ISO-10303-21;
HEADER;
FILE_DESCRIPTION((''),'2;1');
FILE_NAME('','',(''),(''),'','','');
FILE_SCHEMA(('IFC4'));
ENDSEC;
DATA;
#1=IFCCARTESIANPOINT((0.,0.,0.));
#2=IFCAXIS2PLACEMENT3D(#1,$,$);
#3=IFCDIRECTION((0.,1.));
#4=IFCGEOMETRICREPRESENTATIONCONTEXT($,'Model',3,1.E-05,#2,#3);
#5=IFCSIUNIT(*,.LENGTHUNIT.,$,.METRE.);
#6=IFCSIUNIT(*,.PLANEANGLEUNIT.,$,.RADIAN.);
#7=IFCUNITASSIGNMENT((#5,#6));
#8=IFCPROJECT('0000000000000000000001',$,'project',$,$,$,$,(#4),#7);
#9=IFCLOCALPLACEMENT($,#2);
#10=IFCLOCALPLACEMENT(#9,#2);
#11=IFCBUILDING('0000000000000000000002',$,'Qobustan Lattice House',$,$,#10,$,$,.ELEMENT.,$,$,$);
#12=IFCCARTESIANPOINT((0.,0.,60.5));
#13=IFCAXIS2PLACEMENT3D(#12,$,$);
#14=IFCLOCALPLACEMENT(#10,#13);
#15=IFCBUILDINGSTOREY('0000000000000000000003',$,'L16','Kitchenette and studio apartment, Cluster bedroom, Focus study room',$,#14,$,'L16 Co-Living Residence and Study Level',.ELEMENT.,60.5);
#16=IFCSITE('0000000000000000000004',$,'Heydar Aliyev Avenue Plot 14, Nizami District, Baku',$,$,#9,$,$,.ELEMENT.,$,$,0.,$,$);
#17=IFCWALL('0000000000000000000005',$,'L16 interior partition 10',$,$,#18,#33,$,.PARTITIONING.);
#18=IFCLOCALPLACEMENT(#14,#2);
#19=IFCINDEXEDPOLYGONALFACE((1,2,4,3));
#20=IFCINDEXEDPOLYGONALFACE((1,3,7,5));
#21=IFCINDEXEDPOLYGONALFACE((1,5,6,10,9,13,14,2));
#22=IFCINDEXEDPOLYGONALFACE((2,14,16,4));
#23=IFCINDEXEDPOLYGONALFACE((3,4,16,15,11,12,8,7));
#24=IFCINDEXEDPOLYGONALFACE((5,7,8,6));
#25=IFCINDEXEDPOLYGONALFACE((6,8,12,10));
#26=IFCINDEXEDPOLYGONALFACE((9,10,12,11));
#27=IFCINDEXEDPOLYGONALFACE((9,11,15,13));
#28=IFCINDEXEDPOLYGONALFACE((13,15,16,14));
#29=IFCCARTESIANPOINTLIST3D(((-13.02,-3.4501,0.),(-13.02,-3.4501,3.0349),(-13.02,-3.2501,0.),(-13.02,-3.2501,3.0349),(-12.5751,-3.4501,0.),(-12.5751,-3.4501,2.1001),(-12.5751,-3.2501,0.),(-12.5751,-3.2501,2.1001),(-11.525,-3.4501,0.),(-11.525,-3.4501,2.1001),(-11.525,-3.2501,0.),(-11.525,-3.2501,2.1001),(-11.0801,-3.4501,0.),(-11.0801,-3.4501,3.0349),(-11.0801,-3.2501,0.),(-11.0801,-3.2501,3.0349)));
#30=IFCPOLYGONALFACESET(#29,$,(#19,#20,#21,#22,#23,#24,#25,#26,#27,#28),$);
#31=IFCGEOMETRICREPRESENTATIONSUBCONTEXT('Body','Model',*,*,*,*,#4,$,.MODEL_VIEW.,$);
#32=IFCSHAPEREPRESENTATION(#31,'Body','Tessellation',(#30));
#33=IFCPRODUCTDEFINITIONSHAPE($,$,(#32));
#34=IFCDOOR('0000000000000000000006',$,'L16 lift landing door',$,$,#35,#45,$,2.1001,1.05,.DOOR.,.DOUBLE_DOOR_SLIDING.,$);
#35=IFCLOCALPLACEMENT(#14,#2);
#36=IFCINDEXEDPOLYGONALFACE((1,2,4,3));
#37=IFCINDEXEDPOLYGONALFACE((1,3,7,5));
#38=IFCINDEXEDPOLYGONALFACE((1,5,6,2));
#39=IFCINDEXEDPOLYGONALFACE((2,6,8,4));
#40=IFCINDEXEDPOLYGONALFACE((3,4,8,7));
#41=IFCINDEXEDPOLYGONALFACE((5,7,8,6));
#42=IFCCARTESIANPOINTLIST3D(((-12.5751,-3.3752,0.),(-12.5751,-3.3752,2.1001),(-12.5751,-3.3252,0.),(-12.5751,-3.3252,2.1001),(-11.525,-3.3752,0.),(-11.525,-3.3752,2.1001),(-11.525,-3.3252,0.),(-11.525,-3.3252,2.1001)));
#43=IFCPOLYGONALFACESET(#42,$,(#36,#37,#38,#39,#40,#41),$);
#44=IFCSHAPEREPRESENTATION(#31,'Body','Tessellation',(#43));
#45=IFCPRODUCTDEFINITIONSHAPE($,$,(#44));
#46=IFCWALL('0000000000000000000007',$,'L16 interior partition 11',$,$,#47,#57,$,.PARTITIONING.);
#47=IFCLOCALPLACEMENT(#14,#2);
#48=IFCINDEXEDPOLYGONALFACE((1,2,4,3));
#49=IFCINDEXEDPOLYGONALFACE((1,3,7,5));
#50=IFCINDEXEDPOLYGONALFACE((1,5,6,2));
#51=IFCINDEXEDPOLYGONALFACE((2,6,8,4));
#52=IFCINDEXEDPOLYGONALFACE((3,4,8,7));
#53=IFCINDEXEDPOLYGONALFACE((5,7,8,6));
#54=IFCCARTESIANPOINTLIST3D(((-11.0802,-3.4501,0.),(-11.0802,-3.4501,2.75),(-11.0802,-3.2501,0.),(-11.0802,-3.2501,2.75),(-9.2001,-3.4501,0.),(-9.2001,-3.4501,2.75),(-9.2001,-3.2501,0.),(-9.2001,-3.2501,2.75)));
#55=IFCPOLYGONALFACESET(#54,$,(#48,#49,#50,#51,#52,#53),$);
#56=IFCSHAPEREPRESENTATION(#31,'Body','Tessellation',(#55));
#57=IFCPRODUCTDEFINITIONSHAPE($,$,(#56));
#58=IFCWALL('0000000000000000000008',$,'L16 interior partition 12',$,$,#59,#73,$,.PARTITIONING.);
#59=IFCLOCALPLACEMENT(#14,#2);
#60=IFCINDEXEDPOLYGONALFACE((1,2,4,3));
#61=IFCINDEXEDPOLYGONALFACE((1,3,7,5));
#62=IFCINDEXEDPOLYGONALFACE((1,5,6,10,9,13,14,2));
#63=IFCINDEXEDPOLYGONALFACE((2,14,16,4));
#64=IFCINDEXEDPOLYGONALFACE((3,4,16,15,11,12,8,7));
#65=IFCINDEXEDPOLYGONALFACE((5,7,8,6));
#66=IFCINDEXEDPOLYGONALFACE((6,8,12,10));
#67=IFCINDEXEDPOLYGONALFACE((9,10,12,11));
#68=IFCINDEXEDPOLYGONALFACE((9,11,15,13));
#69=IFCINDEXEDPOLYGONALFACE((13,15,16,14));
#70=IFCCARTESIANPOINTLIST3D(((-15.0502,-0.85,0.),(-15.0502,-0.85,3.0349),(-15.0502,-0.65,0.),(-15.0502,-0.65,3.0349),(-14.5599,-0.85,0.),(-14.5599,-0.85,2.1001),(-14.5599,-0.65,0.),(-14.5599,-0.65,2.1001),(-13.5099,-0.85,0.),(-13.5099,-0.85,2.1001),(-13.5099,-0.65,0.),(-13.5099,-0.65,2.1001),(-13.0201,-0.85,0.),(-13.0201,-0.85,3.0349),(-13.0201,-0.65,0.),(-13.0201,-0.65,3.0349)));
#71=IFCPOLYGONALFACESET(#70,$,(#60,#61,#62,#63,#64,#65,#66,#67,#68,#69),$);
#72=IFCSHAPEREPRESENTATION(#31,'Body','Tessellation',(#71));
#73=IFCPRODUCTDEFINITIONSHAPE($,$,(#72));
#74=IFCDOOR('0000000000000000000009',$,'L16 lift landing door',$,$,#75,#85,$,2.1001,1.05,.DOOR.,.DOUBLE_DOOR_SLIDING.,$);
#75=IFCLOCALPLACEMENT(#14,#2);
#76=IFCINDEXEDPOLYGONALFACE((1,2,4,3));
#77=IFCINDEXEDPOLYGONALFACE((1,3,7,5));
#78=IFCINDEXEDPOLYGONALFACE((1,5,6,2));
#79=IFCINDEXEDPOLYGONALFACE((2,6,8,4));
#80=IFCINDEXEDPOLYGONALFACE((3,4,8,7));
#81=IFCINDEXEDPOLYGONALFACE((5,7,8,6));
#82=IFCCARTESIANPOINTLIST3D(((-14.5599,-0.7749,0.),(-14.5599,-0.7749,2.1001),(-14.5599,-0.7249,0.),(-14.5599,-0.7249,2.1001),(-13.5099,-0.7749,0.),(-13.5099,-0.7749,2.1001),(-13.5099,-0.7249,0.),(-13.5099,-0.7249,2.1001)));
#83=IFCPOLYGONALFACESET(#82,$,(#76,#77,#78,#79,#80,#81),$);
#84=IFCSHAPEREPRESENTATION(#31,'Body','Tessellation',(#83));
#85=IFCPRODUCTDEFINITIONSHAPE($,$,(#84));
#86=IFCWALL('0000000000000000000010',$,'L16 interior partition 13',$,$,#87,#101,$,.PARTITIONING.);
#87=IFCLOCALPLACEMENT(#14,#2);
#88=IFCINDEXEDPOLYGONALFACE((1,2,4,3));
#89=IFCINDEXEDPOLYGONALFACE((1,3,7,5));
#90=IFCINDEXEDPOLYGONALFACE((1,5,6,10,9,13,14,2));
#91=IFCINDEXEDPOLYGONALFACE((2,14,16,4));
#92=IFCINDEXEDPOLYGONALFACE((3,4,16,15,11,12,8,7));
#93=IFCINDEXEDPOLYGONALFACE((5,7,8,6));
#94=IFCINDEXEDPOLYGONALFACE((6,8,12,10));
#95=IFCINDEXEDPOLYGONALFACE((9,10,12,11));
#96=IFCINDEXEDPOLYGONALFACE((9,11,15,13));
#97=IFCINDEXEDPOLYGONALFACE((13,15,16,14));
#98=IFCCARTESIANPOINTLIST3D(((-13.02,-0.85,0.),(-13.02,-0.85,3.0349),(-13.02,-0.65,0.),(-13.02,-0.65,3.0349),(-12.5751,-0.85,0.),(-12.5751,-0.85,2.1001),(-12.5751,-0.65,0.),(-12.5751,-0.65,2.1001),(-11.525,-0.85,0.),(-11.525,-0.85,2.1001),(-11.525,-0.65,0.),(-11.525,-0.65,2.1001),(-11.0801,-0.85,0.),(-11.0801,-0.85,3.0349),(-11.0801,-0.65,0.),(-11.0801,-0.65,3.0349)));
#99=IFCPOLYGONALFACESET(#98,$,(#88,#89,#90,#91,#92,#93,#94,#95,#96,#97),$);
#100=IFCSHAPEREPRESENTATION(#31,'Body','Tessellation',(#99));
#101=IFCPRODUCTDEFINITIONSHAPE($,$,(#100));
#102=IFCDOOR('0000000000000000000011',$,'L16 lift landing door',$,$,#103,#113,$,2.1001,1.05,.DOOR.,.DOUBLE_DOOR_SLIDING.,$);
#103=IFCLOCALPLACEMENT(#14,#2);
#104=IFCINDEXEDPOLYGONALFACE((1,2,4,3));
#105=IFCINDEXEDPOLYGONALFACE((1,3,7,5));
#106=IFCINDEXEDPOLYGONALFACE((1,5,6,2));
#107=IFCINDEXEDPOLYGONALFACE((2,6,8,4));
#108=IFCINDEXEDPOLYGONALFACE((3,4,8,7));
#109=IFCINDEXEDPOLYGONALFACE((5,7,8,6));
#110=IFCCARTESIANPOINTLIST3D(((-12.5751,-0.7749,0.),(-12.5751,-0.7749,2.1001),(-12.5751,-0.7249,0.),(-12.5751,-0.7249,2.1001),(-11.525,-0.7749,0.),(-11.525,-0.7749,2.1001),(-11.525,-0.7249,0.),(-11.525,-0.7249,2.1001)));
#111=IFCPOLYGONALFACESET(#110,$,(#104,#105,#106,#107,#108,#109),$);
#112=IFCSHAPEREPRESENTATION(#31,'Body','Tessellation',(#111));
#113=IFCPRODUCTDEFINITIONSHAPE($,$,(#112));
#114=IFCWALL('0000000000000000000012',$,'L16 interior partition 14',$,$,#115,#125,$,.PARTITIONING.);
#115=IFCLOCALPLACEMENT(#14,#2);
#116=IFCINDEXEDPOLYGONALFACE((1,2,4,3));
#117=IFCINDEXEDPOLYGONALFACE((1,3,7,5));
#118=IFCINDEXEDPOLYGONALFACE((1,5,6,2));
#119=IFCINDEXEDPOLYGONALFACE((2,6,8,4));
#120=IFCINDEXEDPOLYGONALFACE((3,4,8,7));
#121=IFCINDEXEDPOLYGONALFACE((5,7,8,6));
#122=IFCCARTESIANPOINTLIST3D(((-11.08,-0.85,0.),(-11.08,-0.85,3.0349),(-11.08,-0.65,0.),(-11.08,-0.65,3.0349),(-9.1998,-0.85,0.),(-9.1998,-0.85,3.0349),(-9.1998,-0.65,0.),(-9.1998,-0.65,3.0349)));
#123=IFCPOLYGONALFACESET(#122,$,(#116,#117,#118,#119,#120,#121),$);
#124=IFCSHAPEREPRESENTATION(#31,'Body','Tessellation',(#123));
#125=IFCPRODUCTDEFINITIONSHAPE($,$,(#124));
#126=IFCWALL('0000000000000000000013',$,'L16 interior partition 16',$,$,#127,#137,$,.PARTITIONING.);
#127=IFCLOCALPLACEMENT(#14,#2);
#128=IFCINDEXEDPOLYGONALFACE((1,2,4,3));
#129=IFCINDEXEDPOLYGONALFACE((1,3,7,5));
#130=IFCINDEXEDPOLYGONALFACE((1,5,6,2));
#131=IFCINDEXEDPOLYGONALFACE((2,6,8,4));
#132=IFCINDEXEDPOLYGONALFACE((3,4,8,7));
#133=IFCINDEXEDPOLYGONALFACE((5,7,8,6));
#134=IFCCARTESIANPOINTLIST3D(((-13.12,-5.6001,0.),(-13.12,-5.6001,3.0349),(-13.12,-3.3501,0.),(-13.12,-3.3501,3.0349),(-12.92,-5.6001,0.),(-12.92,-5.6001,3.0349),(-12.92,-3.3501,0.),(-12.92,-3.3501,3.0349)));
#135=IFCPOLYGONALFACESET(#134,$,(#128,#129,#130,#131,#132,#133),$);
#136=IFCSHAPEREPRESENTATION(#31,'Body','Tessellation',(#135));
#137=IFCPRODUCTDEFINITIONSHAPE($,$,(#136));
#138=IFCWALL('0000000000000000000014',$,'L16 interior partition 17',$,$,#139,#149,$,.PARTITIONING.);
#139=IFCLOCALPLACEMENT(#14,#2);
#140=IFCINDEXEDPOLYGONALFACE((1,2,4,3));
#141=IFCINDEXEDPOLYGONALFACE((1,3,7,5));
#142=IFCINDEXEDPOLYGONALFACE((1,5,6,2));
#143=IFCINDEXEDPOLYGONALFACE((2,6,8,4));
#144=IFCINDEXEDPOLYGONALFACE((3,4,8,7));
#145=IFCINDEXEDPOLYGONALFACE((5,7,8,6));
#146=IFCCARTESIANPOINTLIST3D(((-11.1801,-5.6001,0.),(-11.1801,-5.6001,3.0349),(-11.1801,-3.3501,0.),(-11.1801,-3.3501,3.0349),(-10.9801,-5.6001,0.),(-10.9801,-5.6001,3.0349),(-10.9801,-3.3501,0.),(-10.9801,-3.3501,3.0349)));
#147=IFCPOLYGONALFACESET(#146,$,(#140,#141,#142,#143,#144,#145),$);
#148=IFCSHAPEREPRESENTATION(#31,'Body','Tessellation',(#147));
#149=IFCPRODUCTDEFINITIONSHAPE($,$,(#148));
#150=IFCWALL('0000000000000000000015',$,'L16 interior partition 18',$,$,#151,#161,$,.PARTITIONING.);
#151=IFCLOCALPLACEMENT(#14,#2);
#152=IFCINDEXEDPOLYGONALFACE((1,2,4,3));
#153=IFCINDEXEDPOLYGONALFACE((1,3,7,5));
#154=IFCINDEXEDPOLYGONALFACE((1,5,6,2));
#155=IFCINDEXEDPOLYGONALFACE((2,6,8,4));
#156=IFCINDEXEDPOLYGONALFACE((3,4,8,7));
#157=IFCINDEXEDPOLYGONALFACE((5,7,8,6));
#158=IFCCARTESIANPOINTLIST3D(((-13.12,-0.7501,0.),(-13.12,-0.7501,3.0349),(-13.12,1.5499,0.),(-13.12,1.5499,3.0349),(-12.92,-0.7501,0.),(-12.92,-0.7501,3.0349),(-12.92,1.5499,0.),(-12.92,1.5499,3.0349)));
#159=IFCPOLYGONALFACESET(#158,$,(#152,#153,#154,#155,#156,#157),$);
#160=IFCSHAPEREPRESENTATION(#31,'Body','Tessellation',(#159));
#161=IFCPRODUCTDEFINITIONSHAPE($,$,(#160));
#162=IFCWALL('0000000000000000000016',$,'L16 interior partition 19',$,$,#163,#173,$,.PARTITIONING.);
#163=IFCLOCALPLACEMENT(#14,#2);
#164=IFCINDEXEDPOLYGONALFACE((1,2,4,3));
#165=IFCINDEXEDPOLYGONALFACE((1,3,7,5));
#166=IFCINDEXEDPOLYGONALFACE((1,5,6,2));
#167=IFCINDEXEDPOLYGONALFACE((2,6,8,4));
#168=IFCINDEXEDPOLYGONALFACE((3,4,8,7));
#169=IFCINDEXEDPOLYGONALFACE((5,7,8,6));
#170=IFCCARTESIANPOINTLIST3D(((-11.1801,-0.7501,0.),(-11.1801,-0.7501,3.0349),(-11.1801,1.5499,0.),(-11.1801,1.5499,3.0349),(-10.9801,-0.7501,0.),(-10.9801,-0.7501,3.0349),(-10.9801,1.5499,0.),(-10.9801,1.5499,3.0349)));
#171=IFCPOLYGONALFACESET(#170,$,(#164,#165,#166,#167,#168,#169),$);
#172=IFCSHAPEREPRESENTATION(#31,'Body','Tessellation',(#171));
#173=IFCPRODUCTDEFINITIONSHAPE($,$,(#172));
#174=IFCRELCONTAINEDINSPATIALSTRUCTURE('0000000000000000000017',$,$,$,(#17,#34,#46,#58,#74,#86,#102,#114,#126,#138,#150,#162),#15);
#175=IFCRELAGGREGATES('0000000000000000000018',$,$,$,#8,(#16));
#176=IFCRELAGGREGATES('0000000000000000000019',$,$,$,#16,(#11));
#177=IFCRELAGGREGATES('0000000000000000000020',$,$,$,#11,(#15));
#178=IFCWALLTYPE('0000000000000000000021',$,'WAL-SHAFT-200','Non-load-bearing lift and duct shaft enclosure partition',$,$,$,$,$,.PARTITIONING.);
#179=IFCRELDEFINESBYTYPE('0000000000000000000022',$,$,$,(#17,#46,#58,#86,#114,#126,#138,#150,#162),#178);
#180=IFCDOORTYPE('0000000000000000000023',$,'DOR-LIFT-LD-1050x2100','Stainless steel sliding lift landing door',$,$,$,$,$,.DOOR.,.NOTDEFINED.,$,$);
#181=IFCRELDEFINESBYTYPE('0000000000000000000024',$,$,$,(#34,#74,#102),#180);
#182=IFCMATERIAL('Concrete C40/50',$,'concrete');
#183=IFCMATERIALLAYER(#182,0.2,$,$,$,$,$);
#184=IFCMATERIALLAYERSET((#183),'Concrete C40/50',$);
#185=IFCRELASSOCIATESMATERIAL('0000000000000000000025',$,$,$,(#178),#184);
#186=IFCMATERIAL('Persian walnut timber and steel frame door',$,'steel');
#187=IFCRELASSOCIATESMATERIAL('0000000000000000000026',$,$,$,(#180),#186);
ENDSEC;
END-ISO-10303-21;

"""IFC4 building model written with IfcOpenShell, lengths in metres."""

from ifc_helpers import new_model, si_unit, direction, frame, frame_2d, origin, place, context, subcontext, project, spatial, rectangle, extrude, material, layer, layer_set, type_object, element, fill, save


model = new_model("IFC4")

# Units and contexts
model_context = context("Model", 3, precision=1e-05, world=origin(), true_north=direction((0.0, 1.0)))
body_context = subcontext(model_context, "Body", "Model", "MODEL_VIEW")
ifc_project = project(units=[si_unit("LENGTHUNIT", "METRE"), si_unit("PLANEANGLEUNIT", "RADIAN")], contexts=[model_context])

# Site, building, storey
site_placement = place(None, origin())
site = spatial("IfcSite", under=ifc_project, at=site_placement, Name="Heydar Aliyev Avenue Plot 14, Nizami District, Baku", CompositionType="ELEMENT", RefElevation=0.0)
building_placement = place(site_placement, origin())
building = spatial("IfcBuilding", under=site, at=building_placement, Name="Qobustan Lattice House", CompositionType="ELEMENT")
storey_placement = place(building_placement, frame((0.0, 0.0, 60.5)))
storey = spatial("IfcBuildingStorey", under=building, at=storey_placement, Name="L16", Description="Kitchenette and studio apartment, Cluster bedroom, Focus study room", LongName="L16 Co-Living Residence and Study Level", CompositionType="ELEMENT", Elevation=60.5)

# Shared definitions
ifc_material_1 = material(Name="Concrete C40/50", Category="concrete")
ifc_layer_1 = layer(ifc_material_1, 0.2)
ifc_layer_set_1 = layer_set([ifc_layer_1], Name="Concrete C40/50")
wall_type_1 = type_object("IfcWallType", Name="WAL-SHAFT-200", Description="Non-load-bearing lift and duct shaft enclosure partition", PredefinedType="PARTITIONING", material=ifc_layer_set_1)

# Wall, opening, door
ifc_material_2 = material(Name="Persian walnut timber and steel frame door", Category="steel")
door_type_1 = type_object("IfcDoorType", Name="DOR-LIFT-LD-1050x2100", Description="Stainless steel sliding lift landing door", OperationType="NOTDEFINED", PredefinedType="DOOR", material=ifc_material_2)
wall_1_placement = place(storey_placement, frame((-13.02, -3.3501, 0.0), z_axis=(0.0, 0.0, 1.0), x_axis=(1.0, 0.0, 0.0)))
wall_1 = element("IfcWall", 1, at=wall_1_placement, inside=storey, type_object=wall_type_1, Name="L16 interior partition 10", PredefinedType="PARTITIONING", context=body_context, shape_type="SweptSolid", body=[
    extrude(rectangle(XDim=1.9399, YDim=0.2, at=frame_2d((0.97, 0.0))), origin(), (0.0, 0.0, 1.0), 3.0349),
])
opening_1_placement = place(wall_1_placement, frame((0.4451, 0.0, 0.0)))
opening_1 = element("IfcOpeningElement", 2, at=opening_1_placement, cuts=wall_1, PredefinedType="OPENING", context=body_context, shape_type="SweptSolid", body=[
    extrude(rectangle(XDim=1.05, YDim=2.1001, at=frame_2d((0.5249, 1.05))), frame((0.0, 0.1099, 0.0), z_axis=(0.0, -1.0, 0.0), x_axis=(1.0, 0.0, 0.0)), (0.0, 0.0, 1.0), 0.22),
])
door_1_placement = place(opening_1_placement, origin())
door_1 = element("IfcDoor", 3, at=door_1_placement, inside=storey, type_object=door_type_1, Name="L16 lift landing door", OperationType="DOUBLE_DOOR_SLIDING", OverallHeight=2.1001, OverallWidth=1.05, PredefinedType="DOOR", context=body_context, shape_type="SweptSolid", body=[
    extrude(rectangle(XDim=1.05, YDim=2.1001, at=frame_2d((0.5249, 1.05))), frame((0.0, 0.0249, 0.0), z_axis=(0.0, -1.0, 0.0), x_axis=(1.0, 0.0, 0.0)), (0.0, 0.0, 1.0), 0.05),
])
fill(opening_1, door_1)

# Wall
wall_2_placement = place(storey_placement, frame((-11.0801, -3.3501, 0.0), z_axis=(0.0, 0.0, 1.0), x_axis=(1.0, 0.0, 0.0)))
element("IfcWall", 4, at=wall_2_placement, inside=storey, type_object=wall_type_1, Name="L16 interior partition 11", PredefinedType="PARTITIONING", context=body_context, shape_type="SweptSolid", body=[
    extrude(rectangle(XDim=1.8801, YDim=0.2, at=frame_2d((0.9399, 0.0))), origin(), (0.0, 0.0, 1.0), 2.75),
])

# Walls, openings, doors
wall_3_placement = place(storey_placement, frame((-13.02, -0.75, 0.0), z_axis=(0.0, 0.0, 1.0), x_axis=(-1.0, 0.0, 0.0)))
wall_3 = element("IfcWall", 5, at=wall_3_placement, inside=storey, type_object=wall_type_1, Name="L16 interior partition 12", PredefinedType="PARTITIONING", context=body_context, shape_type="SweptSolid", body=[
    extrude(rectangle(XDim=2.03, YDim=0.2, at=frame_2d((1.0151, 0.0))), origin(), (0.0, 0.0, 1.0), 3.0349),
])
opening_2_placement = place(wall_3_placement, frame((0.49, 0.0, 0.0)))
opening_2 = element("IfcOpeningElement", 6, at=opening_2_placement, cuts=wall_3, PredefinedType="OPENING", context=body_context, shape_type="SweptSolid", body=[
    extrude(rectangle(XDim=1.05, YDim=2.1001, at=frame_2d((0.5249, 1.05))), frame((0.0, 0.1099, 0.0), z_axis=(0.0, -1.0, 0.0), x_axis=(1.0, 0.0, 0.0)), (0.0, 0.0, 1.0), 0.22),
])
door_2_placement = place(opening_2_placement, origin())
door_2 = element("IfcDoor", 7, at=door_2_placement, inside=storey, type_object=door_type_1, Name="L16 lift landing door", OperationType="DOUBLE_DOOR_SLIDING", OverallHeight=2.1001, OverallWidth=1.05, PredefinedType="DOOR", context=body_context, shape_type="SweptSolid", body=[
    extrude(rectangle(XDim=1.05, YDim=2.1001, at=frame_2d((0.5249, 1.05))), frame((0.0, 0.0249, 0.0), z_axis=(0.0, -1.0, 0.0), x_axis=(1.0, 0.0, 0.0)), (0.0, 0.0, 1.0), 0.05),
])
fill(opening_2, door_2)
wall_4_placement = place(storey_placement, frame((-11.0801, -0.75, 0.0), z_axis=(0.0, 0.0, 1.0), x_axis=(-1.0, 0.0, 0.0)))
wall_4 = element("IfcWall", 8, at=wall_4_placement, inside=storey, type_object=wall_type_1, Name="L16 interior partition 13", PredefinedType="PARTITIONING", context=body_context, shape_type="SweptSolid", body=[
    extrude(rectangle(XDim=1.9399, YDim=0.2, at=frame_2d((0.97, 0.0))), origin(), (0.0, 0.0, 1.0), 3.0349),
])
opening_3_placement = place(wall_4_placement, frame((0.4451, 0.0, 0.0)))
opening_3 = element("IfcOpeningElement", 9, at=opening_3_placement, cuts=wall_4, PredefinedType="OPENING", context=body_context, shape_type="SweptSolid", body=[
    extrude(rectangle(XDim=1.05, YDim=2.1001, at=frame_2d((0.5249, 1.05))), frame((0.0, 0.1099, 0.0), z_axis=(0.0, -1.0, 0.0), x_axis=(1.0, 0.0, 0.0)), (0.0, 0.0, 1.0), 0.22),
])
door_3_placement = place(opening_3_placement, origin())
door_3 = element("IfcDoor", 10, at=door_3_placement, inside=storey, type_object=door_type_1, Name="L16 lift landing door", OperationType="DOUBLE_DOOR_SLIDING", OverallHeight=2.1001, OverallWidth=1.05, PredefinedType="DOOR", context=body_context, shape_type="SweptSolid", body=[
    extrude(rectangle(XDim=1.05, YDim=2.1001, at=frame_2d((0.5249, 1.05))), frame((0.0, 0.0249, 0.0), z_axis=(0.0, -1.0, 0.0), x_axis=(1.0, 0.0, 0.0)), (0.0, 0.0, 1.0), 0.05),
])
fill(opening_3, door_3)

# Walls
wall_5_placement = place(storey_placement, frame((-9.2, -0.75, 0.0), z_axis=(0.0, 0.0, 1.0), x_axis=(-1.0, 0.0, 0.0)))
element("IfcWall", 11, at=wall_5_placement, inside=storey, type_object=wall_type_1, Name="L16 interior partition 14", PredefinedType="PARTITIONING", context=body_context, shape_type="SweptSolid", body=[
    extrude(rectangle(XDim=1.8801, YDim=0.2, at=frame_2d((0.9399, 0.0))), origin(), (0.0, 0.0, 1.0), 3.0349),
])
for number, where, z_axis, x_axis, name in (
    (12, (-13.02, -5.6001, 0.0), (0.0, 0.0, 1.0), (0.0, 1.0, 0.0), "L16 interior partition 16"),
    (13, (-11.0801, -5.6001, 0.0), (0.0, 0.0, 1.0), (0.0, 1.0, 0.0), "L16 interior partition 17"),
):
    element("IfcWall", number, at=place(storey_placement, frame(where, z_axis=z_axis, x_axis=x_axis)), inside=storey, type_object=wall_type_1, Name=name, PredefinedType="PARTITIONING", context=body_context, shape_type="SweptSolid", body=[
        extrude(rectangle(XDim=2.25, YDim=0.2, at=frame_2d((1.125, 0.0))), origin(), (0.0, 0.0, 1.0), 3.0349),
    ])
for number, where, z_axis, x_axis, name in (
    (14, (-13.02, -0.75, 0.0), (0.0, 0.0, 1.0), (0.0, 1.0, 0.0), "L16 interior partition 18"),
    (15, (-11.0801, -0.75, 0.0), (0.0, 0.0, 1.0), (0.0, 1.0, 0.0), "L16 interior partition 19"),
):
    element("IfcWall", number, at=place(storey_placement, frame(where, z_axis=z_axis, x_axis=x_axis)), inside=storey, type_object=wall_type_1, Name=name, PredefinedType="PARTITIONING", context=body_context, shape_type="SweptSolid", body=[
        extrude(rectangle(XDim=2.3, YDim=0.2, at=frame_2d((1.1499, 0.0))), origin(), (0.0, 0.0, 1.0), 3.0349),
    ])

save(model, "model.ifc")
